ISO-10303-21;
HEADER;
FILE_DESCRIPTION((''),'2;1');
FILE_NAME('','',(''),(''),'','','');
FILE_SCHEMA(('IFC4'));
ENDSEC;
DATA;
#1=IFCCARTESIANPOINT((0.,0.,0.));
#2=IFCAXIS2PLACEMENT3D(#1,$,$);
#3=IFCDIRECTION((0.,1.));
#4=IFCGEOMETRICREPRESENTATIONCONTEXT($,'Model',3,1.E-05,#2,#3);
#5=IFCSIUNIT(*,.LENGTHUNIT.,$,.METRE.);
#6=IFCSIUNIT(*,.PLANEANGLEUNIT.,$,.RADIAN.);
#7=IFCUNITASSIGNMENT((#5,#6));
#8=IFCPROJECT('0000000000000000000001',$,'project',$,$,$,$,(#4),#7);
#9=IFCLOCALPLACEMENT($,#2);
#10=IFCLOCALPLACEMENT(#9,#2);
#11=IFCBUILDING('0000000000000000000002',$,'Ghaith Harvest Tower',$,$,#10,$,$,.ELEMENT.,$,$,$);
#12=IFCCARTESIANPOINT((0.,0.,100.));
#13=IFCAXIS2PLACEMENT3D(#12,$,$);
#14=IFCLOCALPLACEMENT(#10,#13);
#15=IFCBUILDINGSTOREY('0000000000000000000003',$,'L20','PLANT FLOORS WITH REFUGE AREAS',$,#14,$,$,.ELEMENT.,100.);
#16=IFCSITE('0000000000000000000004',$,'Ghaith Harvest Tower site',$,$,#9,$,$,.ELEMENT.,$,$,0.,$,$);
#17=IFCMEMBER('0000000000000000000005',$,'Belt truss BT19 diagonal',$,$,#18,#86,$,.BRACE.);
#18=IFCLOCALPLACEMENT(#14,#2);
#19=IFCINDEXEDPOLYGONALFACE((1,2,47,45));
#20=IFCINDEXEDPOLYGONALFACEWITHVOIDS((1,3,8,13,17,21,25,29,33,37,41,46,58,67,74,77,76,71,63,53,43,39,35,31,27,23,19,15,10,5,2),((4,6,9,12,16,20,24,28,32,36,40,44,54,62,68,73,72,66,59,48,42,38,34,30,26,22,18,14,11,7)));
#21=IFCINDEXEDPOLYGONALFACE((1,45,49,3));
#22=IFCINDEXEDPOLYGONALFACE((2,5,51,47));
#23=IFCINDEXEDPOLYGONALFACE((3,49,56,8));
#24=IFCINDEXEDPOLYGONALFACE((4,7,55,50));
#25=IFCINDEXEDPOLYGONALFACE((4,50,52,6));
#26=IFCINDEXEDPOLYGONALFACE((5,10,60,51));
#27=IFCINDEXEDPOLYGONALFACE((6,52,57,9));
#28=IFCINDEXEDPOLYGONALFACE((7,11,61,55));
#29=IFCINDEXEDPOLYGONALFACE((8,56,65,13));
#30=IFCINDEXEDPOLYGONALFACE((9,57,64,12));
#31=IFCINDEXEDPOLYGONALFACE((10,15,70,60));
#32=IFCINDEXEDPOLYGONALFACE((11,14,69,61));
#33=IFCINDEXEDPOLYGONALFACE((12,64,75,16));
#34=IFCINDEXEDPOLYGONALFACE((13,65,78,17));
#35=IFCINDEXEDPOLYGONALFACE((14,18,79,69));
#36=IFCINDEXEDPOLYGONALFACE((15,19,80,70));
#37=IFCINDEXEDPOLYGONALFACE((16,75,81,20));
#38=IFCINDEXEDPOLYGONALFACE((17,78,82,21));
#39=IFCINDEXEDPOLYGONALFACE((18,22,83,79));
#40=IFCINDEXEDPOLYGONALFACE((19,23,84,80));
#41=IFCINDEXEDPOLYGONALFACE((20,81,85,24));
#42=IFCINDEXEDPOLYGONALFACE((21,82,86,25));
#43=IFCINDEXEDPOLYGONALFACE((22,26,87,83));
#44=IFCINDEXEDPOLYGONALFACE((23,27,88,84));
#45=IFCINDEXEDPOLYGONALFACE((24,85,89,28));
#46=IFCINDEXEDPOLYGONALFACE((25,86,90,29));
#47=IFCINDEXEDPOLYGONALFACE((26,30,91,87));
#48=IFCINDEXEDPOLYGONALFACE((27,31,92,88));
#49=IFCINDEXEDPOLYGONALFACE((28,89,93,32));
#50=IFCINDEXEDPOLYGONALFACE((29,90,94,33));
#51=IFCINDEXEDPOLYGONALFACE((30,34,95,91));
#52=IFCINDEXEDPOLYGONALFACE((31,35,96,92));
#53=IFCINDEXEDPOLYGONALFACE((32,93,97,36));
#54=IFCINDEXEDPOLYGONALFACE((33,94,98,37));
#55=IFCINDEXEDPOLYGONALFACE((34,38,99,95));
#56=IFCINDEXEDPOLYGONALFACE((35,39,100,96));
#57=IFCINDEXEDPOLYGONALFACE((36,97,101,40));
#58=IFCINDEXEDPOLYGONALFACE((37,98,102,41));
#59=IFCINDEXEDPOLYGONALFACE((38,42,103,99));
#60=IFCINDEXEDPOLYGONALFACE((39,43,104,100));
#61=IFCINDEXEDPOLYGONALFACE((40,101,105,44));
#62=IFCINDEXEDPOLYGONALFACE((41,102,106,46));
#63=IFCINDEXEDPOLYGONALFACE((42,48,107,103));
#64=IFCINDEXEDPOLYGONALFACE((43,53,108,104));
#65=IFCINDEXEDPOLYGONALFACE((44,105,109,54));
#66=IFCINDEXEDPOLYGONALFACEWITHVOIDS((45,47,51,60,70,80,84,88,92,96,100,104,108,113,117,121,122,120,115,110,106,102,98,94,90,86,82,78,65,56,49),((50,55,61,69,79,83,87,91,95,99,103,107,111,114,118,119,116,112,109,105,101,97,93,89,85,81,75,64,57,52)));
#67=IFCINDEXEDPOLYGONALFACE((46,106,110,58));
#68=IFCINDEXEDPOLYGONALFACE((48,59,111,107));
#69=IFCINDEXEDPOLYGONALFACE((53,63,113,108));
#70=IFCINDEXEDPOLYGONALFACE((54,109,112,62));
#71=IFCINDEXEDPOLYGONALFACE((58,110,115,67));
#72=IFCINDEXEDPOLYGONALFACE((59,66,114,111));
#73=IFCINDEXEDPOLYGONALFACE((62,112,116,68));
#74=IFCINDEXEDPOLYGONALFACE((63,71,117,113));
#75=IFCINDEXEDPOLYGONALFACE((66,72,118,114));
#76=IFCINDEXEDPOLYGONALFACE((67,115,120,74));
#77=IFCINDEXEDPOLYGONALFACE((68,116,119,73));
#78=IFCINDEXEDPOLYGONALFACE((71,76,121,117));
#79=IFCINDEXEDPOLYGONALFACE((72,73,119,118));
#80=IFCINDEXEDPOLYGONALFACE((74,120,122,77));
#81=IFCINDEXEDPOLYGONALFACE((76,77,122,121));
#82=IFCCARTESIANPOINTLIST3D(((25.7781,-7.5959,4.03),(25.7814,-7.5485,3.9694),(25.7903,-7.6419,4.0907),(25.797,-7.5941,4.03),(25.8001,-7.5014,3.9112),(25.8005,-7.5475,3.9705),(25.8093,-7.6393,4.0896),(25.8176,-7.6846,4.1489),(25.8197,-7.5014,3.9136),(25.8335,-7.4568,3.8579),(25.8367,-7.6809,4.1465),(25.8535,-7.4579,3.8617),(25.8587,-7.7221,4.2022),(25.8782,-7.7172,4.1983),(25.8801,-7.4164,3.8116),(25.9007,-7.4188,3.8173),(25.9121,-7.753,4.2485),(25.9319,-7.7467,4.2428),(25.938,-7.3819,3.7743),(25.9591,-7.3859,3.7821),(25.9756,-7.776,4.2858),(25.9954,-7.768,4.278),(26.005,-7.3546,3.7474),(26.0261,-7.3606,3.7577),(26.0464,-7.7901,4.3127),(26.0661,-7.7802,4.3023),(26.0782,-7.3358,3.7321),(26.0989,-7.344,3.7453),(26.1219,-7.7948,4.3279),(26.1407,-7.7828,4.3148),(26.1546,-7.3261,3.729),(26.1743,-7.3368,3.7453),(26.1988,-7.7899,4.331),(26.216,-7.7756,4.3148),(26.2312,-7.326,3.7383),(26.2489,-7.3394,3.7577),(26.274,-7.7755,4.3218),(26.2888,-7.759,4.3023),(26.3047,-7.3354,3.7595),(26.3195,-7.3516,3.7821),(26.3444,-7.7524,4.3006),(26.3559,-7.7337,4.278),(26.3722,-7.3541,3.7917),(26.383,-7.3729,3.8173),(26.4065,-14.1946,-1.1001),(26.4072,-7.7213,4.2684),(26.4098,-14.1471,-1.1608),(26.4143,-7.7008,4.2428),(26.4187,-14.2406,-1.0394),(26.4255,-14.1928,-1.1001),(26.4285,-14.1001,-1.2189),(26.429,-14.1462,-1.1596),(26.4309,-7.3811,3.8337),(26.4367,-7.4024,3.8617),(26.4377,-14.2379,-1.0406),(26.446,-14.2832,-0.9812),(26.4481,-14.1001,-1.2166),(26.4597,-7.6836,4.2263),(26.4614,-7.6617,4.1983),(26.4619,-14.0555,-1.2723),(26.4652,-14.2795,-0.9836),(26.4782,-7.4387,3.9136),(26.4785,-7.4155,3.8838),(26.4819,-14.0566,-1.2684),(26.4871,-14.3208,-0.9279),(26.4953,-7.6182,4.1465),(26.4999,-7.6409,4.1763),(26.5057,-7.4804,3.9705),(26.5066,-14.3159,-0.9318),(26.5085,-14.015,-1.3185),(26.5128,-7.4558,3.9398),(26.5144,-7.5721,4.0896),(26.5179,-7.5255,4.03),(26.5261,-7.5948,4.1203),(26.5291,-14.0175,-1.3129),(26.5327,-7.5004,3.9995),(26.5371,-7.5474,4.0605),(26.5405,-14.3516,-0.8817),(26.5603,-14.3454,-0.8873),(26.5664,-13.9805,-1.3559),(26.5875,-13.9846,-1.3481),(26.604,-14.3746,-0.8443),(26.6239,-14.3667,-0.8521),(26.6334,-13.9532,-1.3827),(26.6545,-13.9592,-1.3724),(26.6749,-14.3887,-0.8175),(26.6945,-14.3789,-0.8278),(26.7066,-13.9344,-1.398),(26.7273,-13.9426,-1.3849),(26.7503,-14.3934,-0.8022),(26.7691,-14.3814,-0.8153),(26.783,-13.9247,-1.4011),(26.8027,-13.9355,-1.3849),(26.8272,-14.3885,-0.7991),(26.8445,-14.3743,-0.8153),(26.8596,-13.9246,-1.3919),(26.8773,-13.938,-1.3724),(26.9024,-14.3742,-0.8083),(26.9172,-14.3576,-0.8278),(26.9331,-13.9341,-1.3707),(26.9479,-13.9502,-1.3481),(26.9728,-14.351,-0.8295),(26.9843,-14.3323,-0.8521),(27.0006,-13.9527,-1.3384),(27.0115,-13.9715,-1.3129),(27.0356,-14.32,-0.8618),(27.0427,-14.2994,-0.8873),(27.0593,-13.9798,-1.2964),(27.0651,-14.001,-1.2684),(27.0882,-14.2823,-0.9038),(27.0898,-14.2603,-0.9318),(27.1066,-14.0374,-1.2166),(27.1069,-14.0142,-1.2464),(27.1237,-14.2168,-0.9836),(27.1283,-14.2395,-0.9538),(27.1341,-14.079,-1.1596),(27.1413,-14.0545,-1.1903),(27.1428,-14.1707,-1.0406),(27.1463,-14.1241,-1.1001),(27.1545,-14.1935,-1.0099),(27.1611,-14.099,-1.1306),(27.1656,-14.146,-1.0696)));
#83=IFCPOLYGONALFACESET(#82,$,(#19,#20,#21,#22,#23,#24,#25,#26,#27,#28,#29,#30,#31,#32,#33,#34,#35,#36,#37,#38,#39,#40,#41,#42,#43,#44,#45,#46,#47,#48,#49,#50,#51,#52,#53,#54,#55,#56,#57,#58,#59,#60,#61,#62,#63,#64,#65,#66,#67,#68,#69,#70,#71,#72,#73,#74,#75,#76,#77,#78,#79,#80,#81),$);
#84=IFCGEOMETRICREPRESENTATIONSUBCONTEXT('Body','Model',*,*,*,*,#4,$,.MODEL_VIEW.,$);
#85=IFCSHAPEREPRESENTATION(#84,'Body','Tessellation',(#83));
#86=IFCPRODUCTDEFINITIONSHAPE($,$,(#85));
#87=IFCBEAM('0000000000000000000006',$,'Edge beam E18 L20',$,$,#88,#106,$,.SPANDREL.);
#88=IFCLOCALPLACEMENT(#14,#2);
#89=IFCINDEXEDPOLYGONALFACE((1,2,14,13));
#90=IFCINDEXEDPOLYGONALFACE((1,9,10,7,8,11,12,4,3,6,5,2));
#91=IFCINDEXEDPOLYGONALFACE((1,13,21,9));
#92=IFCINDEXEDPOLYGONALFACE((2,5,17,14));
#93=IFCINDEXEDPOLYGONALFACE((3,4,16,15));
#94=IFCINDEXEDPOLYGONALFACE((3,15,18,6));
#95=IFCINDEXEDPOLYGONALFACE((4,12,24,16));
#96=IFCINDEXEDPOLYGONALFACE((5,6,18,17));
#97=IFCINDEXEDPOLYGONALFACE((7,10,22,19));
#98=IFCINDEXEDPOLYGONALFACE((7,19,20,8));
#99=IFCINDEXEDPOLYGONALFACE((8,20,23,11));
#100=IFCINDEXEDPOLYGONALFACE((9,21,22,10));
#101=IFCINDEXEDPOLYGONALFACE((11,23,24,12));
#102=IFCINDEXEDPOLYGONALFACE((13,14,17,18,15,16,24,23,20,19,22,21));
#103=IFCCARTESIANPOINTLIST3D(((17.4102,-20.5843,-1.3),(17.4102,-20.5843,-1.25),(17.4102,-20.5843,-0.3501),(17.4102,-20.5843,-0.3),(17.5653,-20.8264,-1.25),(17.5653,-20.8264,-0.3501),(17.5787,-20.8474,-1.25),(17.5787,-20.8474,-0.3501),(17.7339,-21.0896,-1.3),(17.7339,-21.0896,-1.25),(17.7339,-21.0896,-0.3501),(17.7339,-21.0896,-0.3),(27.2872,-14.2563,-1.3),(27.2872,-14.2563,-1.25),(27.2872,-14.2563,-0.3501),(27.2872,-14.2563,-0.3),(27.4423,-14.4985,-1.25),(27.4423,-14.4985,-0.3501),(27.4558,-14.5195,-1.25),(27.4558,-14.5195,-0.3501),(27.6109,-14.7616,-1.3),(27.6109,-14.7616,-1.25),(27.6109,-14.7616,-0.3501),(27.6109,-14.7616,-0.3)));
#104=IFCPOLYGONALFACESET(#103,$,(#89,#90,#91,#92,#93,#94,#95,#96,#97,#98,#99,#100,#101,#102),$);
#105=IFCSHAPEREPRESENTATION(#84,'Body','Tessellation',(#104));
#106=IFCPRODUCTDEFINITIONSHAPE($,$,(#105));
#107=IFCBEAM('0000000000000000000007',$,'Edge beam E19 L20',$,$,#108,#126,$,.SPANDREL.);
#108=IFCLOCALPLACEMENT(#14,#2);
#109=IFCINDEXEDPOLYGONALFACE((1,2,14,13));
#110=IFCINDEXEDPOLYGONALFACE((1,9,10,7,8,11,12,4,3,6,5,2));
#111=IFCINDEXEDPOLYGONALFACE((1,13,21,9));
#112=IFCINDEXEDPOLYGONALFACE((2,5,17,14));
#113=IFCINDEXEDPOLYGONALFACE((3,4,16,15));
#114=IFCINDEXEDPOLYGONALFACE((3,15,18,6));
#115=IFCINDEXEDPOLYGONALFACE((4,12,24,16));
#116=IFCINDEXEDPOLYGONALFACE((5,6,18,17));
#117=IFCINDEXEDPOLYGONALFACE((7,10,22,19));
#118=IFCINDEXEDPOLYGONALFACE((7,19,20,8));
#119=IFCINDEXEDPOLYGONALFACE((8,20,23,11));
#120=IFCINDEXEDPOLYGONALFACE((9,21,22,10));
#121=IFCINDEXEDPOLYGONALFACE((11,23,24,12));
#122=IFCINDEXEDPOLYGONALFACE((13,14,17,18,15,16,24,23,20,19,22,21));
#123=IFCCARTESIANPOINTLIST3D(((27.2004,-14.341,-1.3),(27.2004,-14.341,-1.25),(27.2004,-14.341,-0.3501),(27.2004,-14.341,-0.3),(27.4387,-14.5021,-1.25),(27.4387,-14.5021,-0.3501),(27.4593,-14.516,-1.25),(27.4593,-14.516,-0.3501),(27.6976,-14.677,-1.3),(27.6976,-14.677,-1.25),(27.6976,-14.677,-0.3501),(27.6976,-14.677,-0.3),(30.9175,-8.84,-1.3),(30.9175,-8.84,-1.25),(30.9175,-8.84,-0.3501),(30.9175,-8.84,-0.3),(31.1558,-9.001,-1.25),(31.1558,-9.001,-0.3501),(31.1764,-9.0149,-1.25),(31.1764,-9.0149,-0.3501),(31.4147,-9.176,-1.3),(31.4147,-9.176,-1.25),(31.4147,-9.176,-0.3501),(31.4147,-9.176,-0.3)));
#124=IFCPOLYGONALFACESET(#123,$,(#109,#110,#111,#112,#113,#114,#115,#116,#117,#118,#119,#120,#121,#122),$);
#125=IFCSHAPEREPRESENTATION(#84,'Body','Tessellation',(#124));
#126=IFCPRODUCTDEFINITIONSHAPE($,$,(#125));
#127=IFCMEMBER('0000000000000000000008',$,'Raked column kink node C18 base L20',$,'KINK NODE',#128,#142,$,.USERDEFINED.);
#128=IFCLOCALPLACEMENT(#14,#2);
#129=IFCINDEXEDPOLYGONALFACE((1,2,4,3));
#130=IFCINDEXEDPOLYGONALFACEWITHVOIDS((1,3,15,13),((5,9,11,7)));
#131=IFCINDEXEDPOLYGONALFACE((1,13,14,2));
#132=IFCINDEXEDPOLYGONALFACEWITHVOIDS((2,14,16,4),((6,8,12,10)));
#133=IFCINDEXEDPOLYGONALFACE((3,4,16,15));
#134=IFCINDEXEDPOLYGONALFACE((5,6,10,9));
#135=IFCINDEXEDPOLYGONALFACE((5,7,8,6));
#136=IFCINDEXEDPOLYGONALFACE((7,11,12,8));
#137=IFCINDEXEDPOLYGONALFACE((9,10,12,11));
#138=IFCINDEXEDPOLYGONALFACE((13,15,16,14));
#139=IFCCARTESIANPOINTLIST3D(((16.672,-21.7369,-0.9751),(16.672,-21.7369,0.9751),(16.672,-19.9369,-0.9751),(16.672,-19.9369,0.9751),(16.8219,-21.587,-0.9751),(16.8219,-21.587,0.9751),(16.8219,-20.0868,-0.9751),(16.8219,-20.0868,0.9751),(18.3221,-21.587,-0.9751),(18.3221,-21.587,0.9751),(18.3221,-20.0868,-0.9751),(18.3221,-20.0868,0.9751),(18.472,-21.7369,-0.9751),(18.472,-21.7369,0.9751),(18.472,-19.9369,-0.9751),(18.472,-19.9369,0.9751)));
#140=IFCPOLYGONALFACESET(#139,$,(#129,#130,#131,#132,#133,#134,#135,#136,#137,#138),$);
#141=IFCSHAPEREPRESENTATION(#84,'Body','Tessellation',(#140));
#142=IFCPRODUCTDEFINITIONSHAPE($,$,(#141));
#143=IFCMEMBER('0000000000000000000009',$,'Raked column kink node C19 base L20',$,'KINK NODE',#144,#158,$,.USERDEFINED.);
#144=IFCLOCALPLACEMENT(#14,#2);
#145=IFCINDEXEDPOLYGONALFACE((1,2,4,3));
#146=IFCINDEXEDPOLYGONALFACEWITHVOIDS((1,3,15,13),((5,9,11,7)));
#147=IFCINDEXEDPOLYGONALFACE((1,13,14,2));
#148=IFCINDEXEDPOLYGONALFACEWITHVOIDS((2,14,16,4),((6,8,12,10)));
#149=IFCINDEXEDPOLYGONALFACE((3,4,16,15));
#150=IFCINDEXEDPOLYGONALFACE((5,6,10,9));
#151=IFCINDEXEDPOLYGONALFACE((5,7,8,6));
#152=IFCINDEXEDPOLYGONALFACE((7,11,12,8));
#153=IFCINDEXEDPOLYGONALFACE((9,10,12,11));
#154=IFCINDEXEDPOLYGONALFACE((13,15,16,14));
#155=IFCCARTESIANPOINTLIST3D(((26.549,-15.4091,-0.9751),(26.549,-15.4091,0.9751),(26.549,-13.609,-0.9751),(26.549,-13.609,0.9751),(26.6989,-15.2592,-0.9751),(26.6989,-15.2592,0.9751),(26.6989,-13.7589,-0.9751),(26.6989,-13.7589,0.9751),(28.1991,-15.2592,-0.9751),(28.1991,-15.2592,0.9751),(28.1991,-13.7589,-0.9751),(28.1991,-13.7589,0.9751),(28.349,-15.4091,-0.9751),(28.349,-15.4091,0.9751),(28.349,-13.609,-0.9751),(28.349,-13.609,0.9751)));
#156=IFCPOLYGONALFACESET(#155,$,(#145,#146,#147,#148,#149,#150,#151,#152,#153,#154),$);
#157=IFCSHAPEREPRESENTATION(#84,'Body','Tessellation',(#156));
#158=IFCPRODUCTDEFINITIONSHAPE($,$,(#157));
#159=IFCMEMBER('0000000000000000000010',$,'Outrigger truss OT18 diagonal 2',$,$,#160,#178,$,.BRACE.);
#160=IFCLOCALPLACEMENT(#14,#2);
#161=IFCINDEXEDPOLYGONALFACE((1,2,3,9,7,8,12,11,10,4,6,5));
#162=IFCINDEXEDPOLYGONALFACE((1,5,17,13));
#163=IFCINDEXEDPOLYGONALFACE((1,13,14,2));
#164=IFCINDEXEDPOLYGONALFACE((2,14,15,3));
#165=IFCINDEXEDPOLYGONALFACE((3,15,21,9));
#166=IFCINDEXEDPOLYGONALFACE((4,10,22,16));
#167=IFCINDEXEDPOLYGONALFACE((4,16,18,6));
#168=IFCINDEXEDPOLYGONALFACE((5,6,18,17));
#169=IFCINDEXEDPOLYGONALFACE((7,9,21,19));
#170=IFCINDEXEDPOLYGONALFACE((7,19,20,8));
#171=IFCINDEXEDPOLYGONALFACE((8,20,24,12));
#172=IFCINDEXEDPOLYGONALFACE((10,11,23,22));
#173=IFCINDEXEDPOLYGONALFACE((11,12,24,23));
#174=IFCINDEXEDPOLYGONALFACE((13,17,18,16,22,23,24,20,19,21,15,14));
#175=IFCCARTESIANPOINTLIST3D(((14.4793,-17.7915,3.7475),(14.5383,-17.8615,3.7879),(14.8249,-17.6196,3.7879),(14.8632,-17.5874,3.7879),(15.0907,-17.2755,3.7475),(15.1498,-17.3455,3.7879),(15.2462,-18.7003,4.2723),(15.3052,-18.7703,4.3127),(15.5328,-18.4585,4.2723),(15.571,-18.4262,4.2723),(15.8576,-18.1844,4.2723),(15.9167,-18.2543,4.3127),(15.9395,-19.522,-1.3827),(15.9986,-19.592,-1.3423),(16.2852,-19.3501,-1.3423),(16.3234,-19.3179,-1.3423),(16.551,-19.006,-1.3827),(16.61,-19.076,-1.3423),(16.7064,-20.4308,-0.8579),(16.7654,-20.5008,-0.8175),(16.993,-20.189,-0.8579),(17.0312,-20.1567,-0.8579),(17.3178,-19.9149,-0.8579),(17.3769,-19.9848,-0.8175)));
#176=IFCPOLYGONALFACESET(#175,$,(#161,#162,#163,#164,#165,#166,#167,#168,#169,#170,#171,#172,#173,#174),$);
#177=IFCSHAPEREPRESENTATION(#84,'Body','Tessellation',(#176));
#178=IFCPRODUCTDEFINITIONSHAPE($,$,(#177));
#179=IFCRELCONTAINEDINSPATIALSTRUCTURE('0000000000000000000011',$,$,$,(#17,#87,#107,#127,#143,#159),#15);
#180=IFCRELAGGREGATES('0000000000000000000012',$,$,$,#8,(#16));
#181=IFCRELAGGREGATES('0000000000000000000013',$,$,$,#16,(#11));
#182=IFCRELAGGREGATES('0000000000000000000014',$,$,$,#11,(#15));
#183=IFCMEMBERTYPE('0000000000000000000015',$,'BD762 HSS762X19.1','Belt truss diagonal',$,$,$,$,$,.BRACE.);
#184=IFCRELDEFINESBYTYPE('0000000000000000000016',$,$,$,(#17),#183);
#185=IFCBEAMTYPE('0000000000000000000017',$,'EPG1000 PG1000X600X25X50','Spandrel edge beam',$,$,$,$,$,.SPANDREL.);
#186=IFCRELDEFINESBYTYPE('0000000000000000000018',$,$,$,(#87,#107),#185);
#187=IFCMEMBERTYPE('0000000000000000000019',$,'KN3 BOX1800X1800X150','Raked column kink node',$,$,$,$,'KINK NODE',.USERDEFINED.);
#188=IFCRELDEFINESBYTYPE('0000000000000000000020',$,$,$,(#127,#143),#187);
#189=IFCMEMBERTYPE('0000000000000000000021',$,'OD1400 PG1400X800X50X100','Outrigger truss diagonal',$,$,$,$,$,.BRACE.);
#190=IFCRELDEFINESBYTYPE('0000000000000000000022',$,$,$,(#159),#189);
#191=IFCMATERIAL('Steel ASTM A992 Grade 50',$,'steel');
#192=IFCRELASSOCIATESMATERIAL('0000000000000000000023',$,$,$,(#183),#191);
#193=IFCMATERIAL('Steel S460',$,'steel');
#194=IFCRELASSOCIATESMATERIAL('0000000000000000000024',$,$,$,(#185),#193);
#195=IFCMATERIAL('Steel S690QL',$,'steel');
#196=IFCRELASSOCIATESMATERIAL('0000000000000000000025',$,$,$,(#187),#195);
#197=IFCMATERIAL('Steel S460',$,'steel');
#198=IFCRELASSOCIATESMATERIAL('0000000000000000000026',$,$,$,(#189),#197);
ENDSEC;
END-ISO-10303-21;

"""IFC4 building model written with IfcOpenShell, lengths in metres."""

from ifc_helpers import new_model, si_unit, direction, frame, origin, origin_2d, place, context, subcontext, project, spatial, hollow_rectangle, hollow_circle, i_section, extrude, material, material_profile, profile_set, type_object, element, save


model = new_model("IFC4")

# Units and contexts
model_context = context("Model", 3, precision=1e-05, world=origin(), true_north=direction((0.0, 1.0)))
body_context = subcontext(model_context, "Body", "Model", "MODEL_VIEW")
ifc_project = project(units=[si_unit("LENGTHUNIT", "METRE"), si_unit("PLANEANGLEUNIT", "RADIAN")], contexts=[model_context])

# Site, building, storey
site_placement = place(None, origin())
site = spatial("IfcSite", under=ifc_project, at=site_placement, Name="Ghaith Harvest Tower site", CompositionType="ELEMENT", RefElevation=0.0)
building_placement = place(site_placement, origin())
building = spatial("IfcBuilding", under=site, at=building_placement, Name="Ghaith Harvest Tower", CompositionType="ELEMENT")
storey_placement = place(building_placement, frame((0.0, 0.0, 100.0)))
storey = spatial("IfcBuildingStorey", under=building, at=storey_placement, Name="L20", Description="PLANT FLOORS WITH REFUGE AREAS", CompositionType="ELEMENT", Elevation=100.0)

# Member
ifc_material_1 = material(Name="Steel ASTM A992 Grade 50", Category="steel")
ifc_material_profile_1 = material_profile(ifc_material_1, hollow_circle(Radius=0.3811, WallThickness=0.019, at=origin_2d()), Name="HSS762X19.1")
ifc_profile_set_1 = profile_set([ifc_material_profile_1], Name="Steel ASTM A992 Grade 50")
member_type_1 = type_object("IfcMemberType", Name="BD762 HSS762X19.1", Description="Belt truss diagonal", PredefinedType="BRACE", material=ifc_profile_set_1)
member_1_placement = place(storey_placement, frame((26.7859, -14.1584, -1.1001), z_axis=(-0.074974, 0.787254, 0.612053), x_axis=(-0.995496, -0.094806, 0.0)))
element("IfcMember", 1, at=member_1_placement, inside=storey, type_object=member_type_1, Name="Belt truss BT19 diagonal", PredefinedType="BRACE", context=body_context, shape_type="SweptSolid", body=[
    extrude(hollow_circle(Radius=0.3811, WallThickness=0.019, at=origin_2d()), origin(), (0.0, 0.0, 1.0), 8.3818),
])

# Beams
ifc_material_2 = material(Name="Steel S460", Category="steel")
ifc_material_profile_2 = material_profile(ifc_material_2, i_section(OverallWidth=0.6001, OverallDepth=1.0, WebThickness=0.0249, FlangeThickness=0.05, at=origin_2d()), Name="PG1000X600X25X50")
ifc_profile_set_2 = profile_set([ifc_material_profile_2], Name="Steel S460")
beam_type = type_object("IfcBeamType", Name="EPG1000 PG1000X600X25X50", Description="Spandrel edge beam", PredefinedType="SPANDREL", material=ifc_profile_set_2)
beam_1_placement = place(storey_placement, frame((17.572, -20.8369, -0.8), z_axis=(0.842015, 0.539455, 0.0), x_axis=(-0.539455, 0.842015, 0.0)))
element("IfcBeam", 2, at=beam_1_placement, inside=storey, type_object=beam_type, Name="Edge beam E18 L20", PredefinedType="SPANDREL", context=body_context, shape_type="SweptSolid", body=[
    extrude(i_section(OverallWidth=0.6001, OverallDepth=1.0, WebThickness=0.0249, FlangeThickness=0.05, at=origin_2d()), origin(), (0.0, 0.0, 1.0), 11.7302),
])
beam_2_placement = place(storey_placement, frame((27.449, -14.509, -0.8), z_axis=(0.559874, 0.828577, 0.0), x_axis=(-0.828577, 0.559874, 0.0)))
element("IfcBeam", 3, at=beam_2_placement, inside=storey, type_object=beam_type, Name="Edge beam E19 L20", PredefinedType="SPANDREL", context=body_context, shape_type="SweptSolid", body=[
    extrude(i_section(OverallWidth=0.6001, OverallDepth=1.0, WebThickness=0.0249, FlangeThickness=0.05, at=origin_2d()), origin(), (0.0, 0.0, 1.0), 6.6392),
])

# Members
ifc_material_3 = material(Name="Steel S690QL", Category="steel")
ifc_material_profile_3 = material_profile(ifc_material_3, hollow_rectangle(XDim=1.8, YDim=1.8, WallThickness=0.1499, at=origin_2d()), Name="BOX1800X1800X150")
ifc_profile_set_3 = profile_set([ifc_material_profile_3], Name="Steel S690QL")
member_type_2 = type_object("IfcMemberType", Name="KN3 BOX1800X1800X150", Description="Raked column kink node", ElementType="KINK NODE", PredefinedType="USERDEFINED", material=ifc_profile_set_3)
for number, where, z_axis, x_axis, name in (
    (4, (17.572, -20.8369, -0.9751), (0.0, 0.0, 1.0), (1.0, 0.0, 0.0), "Raked column kink node C18 base L20"),
    (5, (27.449, -14.509, -0.9751), (0.0, 0.0, 1.0), (1.0, 0.0, 0.0), "Raked column kink node C19 base L20"),
):
    element("IfcMember", number, at=place(storey_placement, frame(where, z_axis=z_axis, x_axis=x_axis)), inside=storey, type_object=member_type_2, Name=name, ObjectType="KINK NODE", PredefinedType="USERDEFINED", context=body_context, shape_type="SweptSolid", body=[
        extrude(hollow_rectangle(XDim=1.8, YDim=1.8, WallThickness=0.1499, at=origin_2d()), origin(), (0.0, 0.0, 1.0), 1.9502),
    ])
ifc_material_4 = material(Name="Steel S460", Category="steel")
ifc_material_profile_4 = material_profile(ifc_material_4, i_section(OverallWidth=0.8, OverallDepth=1.3999, WebThickness=0.05, FlangeThickness=0.1001, at=origin_2d()), Name="PG1400X800X50X100")
ifc_profile_set_4 = profile_set([ifc_material_profile_4], Name="Steel S460")
member_type_3 = type_object("IfcMemberType", Name="OD1400 PG1400X800X50X100", Description="Outrigger truss diagonal", PredefinedType="BRACE", material=ifc_profile_set_4)
member_2_placement = place(storey_placement, frame((16.6582, -19.7534, -1.1001), z_axis=(-0.260399, 0.308595, 0.914856), x_axis=(-0.764265, -0.644902, 0.0)))
element("IfcMember", 6, at=member_2_placement, inside=storey, type_object=member_type_3, Name="Outrigger truss OT18 diagonal 2", PredefinedType="BRACE", context=body_context, shape_type="SweptSolid", body=[
    extrude(i_section(OverallWidth=0.8, OverallDepth=1.3999, WebThickness=0.05, FlangeThickness=0.1001, at=origin_2d()), origin(), (0.0, 0.0, 1.0), 5.6077),
])

save(model, "model.ifc")
